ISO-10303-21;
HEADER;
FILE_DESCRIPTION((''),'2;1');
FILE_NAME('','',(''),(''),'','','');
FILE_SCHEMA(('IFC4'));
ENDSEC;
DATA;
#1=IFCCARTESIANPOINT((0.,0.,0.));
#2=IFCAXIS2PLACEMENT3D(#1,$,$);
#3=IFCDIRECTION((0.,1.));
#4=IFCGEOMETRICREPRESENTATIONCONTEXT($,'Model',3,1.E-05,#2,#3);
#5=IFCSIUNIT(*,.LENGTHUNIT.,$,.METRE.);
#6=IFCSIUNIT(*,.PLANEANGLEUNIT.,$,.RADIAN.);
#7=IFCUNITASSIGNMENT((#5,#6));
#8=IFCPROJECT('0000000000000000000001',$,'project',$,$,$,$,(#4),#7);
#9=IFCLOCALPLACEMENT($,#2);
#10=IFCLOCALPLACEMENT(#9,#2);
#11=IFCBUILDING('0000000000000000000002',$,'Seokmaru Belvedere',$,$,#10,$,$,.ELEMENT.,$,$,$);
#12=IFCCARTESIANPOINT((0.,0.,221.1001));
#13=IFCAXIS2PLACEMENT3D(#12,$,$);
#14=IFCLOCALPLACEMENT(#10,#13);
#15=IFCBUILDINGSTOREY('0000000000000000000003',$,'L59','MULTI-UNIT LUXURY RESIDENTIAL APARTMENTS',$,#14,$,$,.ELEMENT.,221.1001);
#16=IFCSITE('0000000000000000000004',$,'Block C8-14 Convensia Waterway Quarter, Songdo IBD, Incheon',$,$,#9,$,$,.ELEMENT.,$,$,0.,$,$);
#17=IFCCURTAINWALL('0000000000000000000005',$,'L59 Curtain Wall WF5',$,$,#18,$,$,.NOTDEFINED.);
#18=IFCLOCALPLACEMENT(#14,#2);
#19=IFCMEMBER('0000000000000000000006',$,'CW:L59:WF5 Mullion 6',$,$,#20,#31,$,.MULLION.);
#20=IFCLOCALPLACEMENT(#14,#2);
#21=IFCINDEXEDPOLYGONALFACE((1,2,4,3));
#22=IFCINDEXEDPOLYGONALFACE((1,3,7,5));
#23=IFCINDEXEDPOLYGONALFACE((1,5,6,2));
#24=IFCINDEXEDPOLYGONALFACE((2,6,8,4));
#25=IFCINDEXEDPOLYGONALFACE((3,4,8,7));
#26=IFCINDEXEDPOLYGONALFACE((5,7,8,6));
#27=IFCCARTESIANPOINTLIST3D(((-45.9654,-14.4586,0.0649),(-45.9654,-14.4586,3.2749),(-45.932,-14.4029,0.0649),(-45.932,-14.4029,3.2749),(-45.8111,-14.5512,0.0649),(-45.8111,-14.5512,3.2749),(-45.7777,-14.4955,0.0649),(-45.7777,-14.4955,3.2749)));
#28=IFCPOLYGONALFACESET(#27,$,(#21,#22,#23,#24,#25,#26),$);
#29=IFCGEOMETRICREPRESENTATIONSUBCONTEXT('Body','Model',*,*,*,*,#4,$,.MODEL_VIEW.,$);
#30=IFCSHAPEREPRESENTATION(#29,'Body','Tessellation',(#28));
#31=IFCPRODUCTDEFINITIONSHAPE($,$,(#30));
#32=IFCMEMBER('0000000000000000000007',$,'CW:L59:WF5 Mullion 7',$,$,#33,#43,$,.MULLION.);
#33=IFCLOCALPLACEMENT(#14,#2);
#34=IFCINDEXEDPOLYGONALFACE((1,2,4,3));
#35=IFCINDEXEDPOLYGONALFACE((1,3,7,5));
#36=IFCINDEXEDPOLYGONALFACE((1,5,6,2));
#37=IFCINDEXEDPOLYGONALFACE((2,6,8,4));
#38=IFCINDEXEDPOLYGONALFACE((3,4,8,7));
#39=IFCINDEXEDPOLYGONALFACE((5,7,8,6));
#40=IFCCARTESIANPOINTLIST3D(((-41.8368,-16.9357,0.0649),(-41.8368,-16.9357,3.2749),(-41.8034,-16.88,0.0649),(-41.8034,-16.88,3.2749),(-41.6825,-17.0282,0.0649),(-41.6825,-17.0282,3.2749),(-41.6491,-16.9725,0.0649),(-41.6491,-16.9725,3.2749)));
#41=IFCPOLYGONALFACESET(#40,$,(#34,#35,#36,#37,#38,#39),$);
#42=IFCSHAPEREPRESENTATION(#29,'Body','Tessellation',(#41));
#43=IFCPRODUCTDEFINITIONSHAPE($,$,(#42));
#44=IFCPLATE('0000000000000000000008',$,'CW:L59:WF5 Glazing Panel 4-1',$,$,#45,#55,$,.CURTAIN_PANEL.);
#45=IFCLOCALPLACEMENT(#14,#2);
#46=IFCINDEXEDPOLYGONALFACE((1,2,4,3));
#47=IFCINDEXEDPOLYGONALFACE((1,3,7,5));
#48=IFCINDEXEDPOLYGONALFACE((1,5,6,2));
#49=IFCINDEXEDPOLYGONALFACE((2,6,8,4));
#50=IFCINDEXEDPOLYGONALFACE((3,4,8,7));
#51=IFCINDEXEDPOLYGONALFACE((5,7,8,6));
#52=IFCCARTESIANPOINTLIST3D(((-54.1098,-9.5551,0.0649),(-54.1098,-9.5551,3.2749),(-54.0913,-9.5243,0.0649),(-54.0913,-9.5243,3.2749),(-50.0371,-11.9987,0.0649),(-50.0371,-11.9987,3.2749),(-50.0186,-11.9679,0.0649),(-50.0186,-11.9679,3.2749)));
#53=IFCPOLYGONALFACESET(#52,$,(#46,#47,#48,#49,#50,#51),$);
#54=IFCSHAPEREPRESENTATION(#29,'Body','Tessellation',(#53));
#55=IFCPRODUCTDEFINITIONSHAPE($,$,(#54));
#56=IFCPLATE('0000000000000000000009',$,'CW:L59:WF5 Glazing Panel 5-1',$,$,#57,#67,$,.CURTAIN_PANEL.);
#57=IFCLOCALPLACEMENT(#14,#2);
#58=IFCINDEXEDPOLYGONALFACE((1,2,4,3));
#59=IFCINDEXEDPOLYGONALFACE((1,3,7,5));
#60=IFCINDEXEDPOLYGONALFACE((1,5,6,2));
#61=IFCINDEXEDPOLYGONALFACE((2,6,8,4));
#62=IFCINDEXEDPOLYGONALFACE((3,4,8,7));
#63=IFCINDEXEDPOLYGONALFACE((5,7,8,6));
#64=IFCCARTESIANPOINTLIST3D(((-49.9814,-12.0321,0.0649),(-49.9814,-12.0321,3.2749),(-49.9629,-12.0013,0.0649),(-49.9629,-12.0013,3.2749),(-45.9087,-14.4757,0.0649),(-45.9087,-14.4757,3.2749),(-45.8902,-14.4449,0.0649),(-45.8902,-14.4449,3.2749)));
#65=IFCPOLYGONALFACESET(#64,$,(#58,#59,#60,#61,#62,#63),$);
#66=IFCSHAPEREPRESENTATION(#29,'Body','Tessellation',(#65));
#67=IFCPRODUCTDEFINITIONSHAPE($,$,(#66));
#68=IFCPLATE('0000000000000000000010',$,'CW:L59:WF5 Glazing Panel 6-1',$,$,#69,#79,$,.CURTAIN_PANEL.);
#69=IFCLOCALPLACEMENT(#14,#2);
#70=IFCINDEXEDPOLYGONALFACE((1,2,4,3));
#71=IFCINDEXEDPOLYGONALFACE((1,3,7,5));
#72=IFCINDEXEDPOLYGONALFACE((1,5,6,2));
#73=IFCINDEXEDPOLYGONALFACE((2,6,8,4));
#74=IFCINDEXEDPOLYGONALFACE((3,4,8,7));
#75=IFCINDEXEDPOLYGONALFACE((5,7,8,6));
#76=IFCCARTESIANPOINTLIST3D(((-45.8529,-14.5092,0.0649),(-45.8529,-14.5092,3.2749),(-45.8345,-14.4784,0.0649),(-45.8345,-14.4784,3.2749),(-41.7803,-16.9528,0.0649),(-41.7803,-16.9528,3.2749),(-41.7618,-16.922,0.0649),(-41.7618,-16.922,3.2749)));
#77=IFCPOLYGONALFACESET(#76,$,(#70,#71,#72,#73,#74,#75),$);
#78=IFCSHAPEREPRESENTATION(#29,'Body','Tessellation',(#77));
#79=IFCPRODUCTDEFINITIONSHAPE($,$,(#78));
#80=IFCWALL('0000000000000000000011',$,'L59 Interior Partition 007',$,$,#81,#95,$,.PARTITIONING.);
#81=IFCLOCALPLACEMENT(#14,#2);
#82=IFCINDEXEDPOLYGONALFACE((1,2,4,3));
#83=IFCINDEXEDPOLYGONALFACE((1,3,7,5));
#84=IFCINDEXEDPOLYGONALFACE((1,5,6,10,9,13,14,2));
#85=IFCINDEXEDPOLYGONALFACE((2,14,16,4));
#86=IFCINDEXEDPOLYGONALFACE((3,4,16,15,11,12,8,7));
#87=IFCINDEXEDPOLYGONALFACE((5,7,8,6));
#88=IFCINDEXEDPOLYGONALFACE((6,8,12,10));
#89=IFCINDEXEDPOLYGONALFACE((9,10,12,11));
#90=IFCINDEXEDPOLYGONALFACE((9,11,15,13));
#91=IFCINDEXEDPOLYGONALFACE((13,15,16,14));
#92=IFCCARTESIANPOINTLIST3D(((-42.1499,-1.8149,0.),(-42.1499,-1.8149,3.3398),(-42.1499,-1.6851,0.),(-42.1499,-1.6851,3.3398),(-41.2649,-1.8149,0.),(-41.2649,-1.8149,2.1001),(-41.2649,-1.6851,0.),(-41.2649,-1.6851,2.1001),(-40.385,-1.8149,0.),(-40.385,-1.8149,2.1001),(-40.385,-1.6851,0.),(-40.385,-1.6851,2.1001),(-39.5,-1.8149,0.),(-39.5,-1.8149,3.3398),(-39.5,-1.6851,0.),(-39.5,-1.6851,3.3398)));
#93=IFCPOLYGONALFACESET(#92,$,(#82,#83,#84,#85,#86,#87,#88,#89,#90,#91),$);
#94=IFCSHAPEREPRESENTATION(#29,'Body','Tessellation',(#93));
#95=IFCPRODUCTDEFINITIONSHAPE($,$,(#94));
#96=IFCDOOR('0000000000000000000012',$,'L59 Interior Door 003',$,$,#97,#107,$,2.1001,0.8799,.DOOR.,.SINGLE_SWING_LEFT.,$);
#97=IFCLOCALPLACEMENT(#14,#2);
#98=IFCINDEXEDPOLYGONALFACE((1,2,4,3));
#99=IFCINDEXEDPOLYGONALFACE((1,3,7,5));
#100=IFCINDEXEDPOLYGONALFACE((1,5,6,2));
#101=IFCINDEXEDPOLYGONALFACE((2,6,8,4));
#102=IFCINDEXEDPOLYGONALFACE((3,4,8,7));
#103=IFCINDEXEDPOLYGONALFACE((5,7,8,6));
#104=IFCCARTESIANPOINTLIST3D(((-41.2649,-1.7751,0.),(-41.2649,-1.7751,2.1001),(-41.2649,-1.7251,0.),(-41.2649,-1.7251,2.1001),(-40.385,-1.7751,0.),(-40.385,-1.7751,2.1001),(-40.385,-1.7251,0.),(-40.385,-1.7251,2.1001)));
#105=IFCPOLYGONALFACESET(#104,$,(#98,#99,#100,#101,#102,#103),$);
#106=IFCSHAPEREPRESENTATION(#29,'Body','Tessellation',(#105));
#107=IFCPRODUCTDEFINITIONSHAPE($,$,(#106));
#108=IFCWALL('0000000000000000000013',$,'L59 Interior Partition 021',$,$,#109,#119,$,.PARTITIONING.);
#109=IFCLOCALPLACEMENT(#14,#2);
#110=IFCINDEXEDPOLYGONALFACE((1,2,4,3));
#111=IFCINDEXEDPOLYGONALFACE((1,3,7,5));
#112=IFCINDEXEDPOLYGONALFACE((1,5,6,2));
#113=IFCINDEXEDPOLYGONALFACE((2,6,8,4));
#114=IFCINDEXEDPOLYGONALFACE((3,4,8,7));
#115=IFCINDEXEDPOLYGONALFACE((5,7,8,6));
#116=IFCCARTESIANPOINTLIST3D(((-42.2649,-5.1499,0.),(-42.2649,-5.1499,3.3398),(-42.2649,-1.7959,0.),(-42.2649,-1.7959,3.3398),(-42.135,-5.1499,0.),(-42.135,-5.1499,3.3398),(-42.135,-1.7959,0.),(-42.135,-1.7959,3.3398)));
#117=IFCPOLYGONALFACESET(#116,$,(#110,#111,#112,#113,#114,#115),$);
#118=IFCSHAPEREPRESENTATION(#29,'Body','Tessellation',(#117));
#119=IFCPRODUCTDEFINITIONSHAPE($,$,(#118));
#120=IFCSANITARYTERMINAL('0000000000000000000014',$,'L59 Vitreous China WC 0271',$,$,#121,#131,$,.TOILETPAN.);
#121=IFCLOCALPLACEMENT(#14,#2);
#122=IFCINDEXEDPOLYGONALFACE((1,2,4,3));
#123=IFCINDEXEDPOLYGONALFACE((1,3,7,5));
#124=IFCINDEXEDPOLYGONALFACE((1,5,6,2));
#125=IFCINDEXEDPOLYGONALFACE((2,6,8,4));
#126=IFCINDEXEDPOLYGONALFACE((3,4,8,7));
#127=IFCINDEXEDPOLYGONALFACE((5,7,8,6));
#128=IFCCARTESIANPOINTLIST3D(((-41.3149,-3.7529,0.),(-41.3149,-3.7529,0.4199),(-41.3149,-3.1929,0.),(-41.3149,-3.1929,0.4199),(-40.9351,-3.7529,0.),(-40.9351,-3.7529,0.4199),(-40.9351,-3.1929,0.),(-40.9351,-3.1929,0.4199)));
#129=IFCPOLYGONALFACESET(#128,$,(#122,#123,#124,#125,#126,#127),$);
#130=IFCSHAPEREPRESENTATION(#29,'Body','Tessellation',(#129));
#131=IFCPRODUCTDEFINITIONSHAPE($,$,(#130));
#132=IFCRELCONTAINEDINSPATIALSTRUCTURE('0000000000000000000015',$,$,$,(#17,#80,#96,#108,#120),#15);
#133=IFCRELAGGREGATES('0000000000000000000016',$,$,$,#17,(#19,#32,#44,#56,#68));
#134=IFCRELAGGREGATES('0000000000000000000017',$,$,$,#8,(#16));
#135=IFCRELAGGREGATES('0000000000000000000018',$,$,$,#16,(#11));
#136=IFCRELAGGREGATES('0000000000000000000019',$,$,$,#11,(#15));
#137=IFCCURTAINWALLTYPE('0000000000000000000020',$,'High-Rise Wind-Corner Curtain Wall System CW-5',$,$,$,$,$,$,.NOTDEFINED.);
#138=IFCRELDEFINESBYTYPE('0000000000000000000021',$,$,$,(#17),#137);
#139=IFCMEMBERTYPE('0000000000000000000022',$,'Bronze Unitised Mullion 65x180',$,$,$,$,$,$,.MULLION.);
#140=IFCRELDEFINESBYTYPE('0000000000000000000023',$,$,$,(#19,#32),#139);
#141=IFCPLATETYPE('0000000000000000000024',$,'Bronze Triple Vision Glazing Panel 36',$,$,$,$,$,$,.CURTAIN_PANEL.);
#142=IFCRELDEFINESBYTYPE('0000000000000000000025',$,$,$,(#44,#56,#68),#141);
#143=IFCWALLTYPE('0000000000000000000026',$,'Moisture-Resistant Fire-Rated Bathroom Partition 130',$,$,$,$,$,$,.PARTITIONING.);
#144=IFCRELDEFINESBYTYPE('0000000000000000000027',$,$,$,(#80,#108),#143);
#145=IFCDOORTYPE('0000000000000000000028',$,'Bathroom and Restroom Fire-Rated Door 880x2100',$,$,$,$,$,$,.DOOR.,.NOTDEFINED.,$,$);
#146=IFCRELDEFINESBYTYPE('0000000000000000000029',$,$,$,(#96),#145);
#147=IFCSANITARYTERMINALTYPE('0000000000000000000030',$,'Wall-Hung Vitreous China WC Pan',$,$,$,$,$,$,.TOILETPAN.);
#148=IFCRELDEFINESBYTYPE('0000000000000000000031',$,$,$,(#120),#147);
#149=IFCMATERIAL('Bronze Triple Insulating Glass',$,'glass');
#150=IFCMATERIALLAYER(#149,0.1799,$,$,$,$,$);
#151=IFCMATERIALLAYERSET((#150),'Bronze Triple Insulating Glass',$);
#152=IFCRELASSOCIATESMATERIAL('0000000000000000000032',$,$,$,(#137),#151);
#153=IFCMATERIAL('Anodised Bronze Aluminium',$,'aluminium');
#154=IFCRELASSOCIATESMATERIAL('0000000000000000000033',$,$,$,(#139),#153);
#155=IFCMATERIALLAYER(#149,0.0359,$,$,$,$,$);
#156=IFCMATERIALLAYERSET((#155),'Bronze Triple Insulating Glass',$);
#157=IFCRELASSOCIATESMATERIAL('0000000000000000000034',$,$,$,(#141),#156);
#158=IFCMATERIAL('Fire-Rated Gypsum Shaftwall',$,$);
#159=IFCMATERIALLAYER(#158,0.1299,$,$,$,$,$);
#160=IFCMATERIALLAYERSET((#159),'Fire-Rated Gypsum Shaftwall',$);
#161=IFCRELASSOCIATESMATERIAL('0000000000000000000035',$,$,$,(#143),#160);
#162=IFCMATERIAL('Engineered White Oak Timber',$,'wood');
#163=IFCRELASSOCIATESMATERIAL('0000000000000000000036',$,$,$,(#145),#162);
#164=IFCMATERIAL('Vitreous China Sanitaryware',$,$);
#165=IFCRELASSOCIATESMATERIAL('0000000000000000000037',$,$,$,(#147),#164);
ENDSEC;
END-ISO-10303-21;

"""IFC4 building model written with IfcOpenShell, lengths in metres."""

from ifc_helpers import new_model, si_unit, direction, frame, frame_2d, origin, origin_2d, place, context, subcontext, project, spatial, rectangle, extrude, source, transform, mapped, material, layer, layer_set, material_profile, profile_set, type_object, type_shapes, element, fill, aggregate, save


model = new_model("IFC4")

# Units and contexts
model_context = context("Model", 3, precision=1e-05, world=origin(), true_north=direction((0.0, 1.0)))
body_context = subcontext(model_context, "Body", "Model", "MODEL_VIEW")
ifc_project = project(units=[si_unit("LENGTHUNIT", "METRE"), si_unit("PLANEANGLEUNIT", "RADIAN")], contexts=[model_context])

# Site, building, storey
site_placement = place(None, origin())
site = spatial("IfcSite", under=ifc_project, at=site_placement, Name="Block C8-14 Convensia Waterway Quarter, Songdo IBD, Incheon", CompositionType="ELEMENT", RefElevation=0.0)
building_placement = place(site_placement, origin())
building = spatial("IfcBuilding", under=site, at=building_placement, Name="Seokmaru Belvedere", CompositionType="ELEMENT")
storey_placement = place(building_placement, frame((0.0, 0.0, 221.1001)))
storey = spatial("IfcBuildingStorey", under=building, at=storey_placement, Name="L59", Description="MULTI-UNIT LUXURY RESIDENTIAL APARTMENTS", CompositionType="ELEMENT", Elevation=221.1001)

# Curtain wall, members, plates
ifc_material_1 = material(Name="Bronze Triple Insulating Glass", Category="glass")
ifc_layer_1 = layer(ifc_material_1, 0.1799)
ifc_layer_set_1 = layer_set([ifc_layer_1], Name="Bronze Triple Insulating Glass")
curtain_wall_type = type_object("IfcCurtainWallType", Name="High-Rise Wind-Corner Curtain Wall System CW-5", PredefinedType="NOTDEFINED", material=ifc_layer_set_1)
curtain_wall_placement = place(storey_placement, origin())
curtain_wall = element("IfcCurtainWall", 1, at=curtain_wall_placement, inside=storey, type_object=curtain_wall_type, Name="L59 Curtain Wall WF5", PredefinedType="NOTDEFINED")
ifc_material_2 = material(Name="Anodised Bronze Aluminium", Category="aluminium")
ifc_material_profile_1 = material_profile(ifc_material_2, rectangle(XDim=0.0649, YDim=0.1799, at=origin_2d()), Name="CW-M-65x180")
ifc_profile_set_1 = profile_set([ifc_material_profile_1], Name="Anodised Bronze Aluminium")
member_type = type_object("IfcMemberType", Name="Bronze Unitised Mullion 65x180", PredefinedType="MULLION", material=ifc_profile_set_1)
shared_shape_1 = source(origin(), body_context, "Body", "SweptSolid", [
    extrude(rectangle(XDim=0.0649, YDim=0.1799, at=origin_2d()), origin(), (0.0, 0.0, 1.0), 3.21),
])
type_shapes(member_type, [shared_shape_1])
member_1_placement = place(storey_placement, frame((-45.8716, -14.4771, 0.0649), z_axis=(0.0, 0.0, 1.0), x_axis=(0.514495, 0.857493, 0.0)))
member_1 = element("IfcMember", 2, at=member_1_placement, type_object=member_type, Name="CW:L59:WF5 Mullion 6", PredefinedType="MULLION", context=body_context, shape_type="MappedRepresentation", body=[
    mapped(shared_shape_1, transform((0.0, 0.0, 0.0), scale=1.0)),
])
member_2_placement = place(storey_placement, frame((-41.7429, -16.9541, 0.0649), z_axis=(0.0, 0.0, 1.0), x_axis=(0.514495, 0.857493, 0.0)))
member_2 = element("IfcMember", 3, at=member_2_placement, type_object=member_type, Name="CW:L59:WF5 Mullion 7", PredefinedType="MULLION", context=body_context, shape_type="MappedRepresentation", body=[
    mapped(shared_shape_1, transform((0.0, 0.0, 0.0), scale=1.0)),
])
ifc_layer_2 = layer(ifc_material_1, 0.0359)
ifc_layer_set_2 = layer_set([ifc_layer_2], Name="Bronze Triple Insulating Glass")
plate_type = type_object("IfcPlateType", Name="Bronze Triple Vision Glazing Panel 36", PredefinedType="CURTAIN_PANEL", material=ifc_layer_set_2)
shared_shape_2 = source(origin(), body_context, "Body", "SweptSolid", [
    extrude(rectangle(XDim=4.7495, YDim=0.0359, at=origin_2d()), origin(), (0.0, 0.0, 1.0), 3.21),
])
type_shapes(plate_type, [shared_shape_2])
plate_1_placement = place(storey_placement, frame((-52.0642, -10.7615, 0.0649), z_axis=(0.0, 0.0, 1.0), x_axis=(0.857493, -0.514495, 0.0)))
plate_1 = element("IfcPlate", 4, at=plate_1_placement, type_object=plate_type, Name="CW:L59:WF5 Glazing Panel 4-1", PredefinedType="CURTAIN_PANEL", context=body_context, shape_type="MappedRepresentation", body=[
    mapped(shared_shape_2, transform((0.0, 0.0, 0.0), scale=1.0)),
])
plate_2_placement = place(storey_placement, frame((-47.9358, -13.2385, 0.0649), z_axis=(0.0, 0.0, 1.0), x_axis=(0.857493, -0.514495, 0.0)))
plate_2 = element("IfcPlate", 5, at=plate_2_placement, type_object=plate_type, Name="CW:L59:WF5 Glazing Panel 5-1", PredefinedType="CURTAIN_PANEL", context=body_context, shape_type="MappedRepresentation", body=[
    mapped(shared_shape_2, transform((0.0, 0.0, 0.0), scale=1.0)),
])
plate_3_placement = place(storey_placement, frame((-43.8074, -15.7156, 0.0649), z_axis=(0.0, 0.0, 1.0), x_axis=(0.857493, -0.514495, 0.0)))
plate_3 = element("IfcPlate", 6, at=plate_3_placement, type_object=plate_type, Name="CW:L59:WF5 Glazing Panel 6-1", PredefinedType="CURTAIN_PANEL", context=body_context, shape_type="MappedRepresentation", body=[
    mapped(shared_shape_2, transform((0.0, 0.0, 0.0), scale=1.0)),
])
aggregate(curtain_wall, [member_1, member_2, plate_1, plate_2, plate_3])

# Wall, opening, door
ifc_material_3 = material(Name="Fire-Rated Gypsum Shaftwall")
ifc_material_4 = material(Name="Engineered White Oak Timber", Category="wood")
ifc_layer_3 = layer(ifc_material_3, 0.1299)
ifc_layer_set_3 = layer_set([ifc_layer_3], Name="Fire-Rated Gypsum Shaftwall")
wall_type_1 = type_object("IfcWallType", Name="Moisture-Resistant Fire-Rated Bathroom Partition 130", PredefinedType="PARTITIONING", material=ifc_layer_set_3)
wall_1_placement = place(storey_placement, frame((-42.1499, -1.75, 0.0), z_axis=(0.0, 0.0, 1.0), x_axis=(1.0, 0.0, 0.0)))
wall_1 = element("IfcWall", 7, at=wall_1_placement, inside=storey, type_object=wall_type_1, Name="L59 Interior Partition 007", PredefinedType="PARTITIONING", context=body_context, shape_type="SweptSolid", body=[
    extrude(rectangle(XDim=2.6499, YDim=0.1299, at=frame_2d((1.325, 0.0))), origin(), (0.0, 0.0, 1.0), 3.3398),
])
opening_1_placement = place(wall_1_placement, frame((0.885, 0.0, 0.0)))
opening_1 = element("IfcOpeningElement", 8, at=opening_1_placement, cuts=wall_1, PredefinedType="OPENING", context=body_context, shape_type="SweptSolid", body=[
    extrude(rectangle(XDim=0.8799, YDim=2.1001, at=frame_2d((0.4399, 1.05))), frame((0.0, 0.075, 0.0), z_axis=(0.0, -1.0, 0.0), x_axis=(1.0, 0.0, 0.0)), (0.0, 0.0, 1.0), 0.1499),
])
door_type_1 = type_object("IfcDoorType", Name="Bathroom and Restroom Fire-Rated Door 880x2100", OperationType="NOTDEFINED", PredefinedType="DOOR", material=ifc_material_4)
shared_shape_3 = source(origin(), body_context, "Body", "SweptSolid", [
    extrude(rectangle(XDim=0.8799, YDim=2.1001, at=frame_2d((0.4399, 1.05))), frame((0.0, 0.0249, 0.0), z_axis=(0.0, -1.0, 0.0), x_axis=(1.0, 0.0, 0.0)), (0.0, 0.0, 1.0), 0.05),
])
type_shapes(door_type_1, [shared_shape_3])
door_1_placement = place(opening_1_placement, origin())
door_1 = element("IfcDoor", 9, at=door_1_placement, inside=storey, type_object=door_type_1, Name="L59 Interior Door 003", OperationType="SINGLE_SWING_LEFT", OverallHeight=2.1001, OverallWidth=0.8799, PredefinedType="DOOR", context=body_context, shape_type="MappedRepresentation", body=[
    mapped(shared_shape_3, transform((0.0, 0.0, 0.0), scale=1.0)),
])
fill(opening_1, door_1)

# Wall
wall_2_placement = place(storey_placement, frame((-42.2, -5.1499, 0.0), z_axis=(0.0, 0.0, 1.0), x_axis=(0.0, 1.0, 0.0)))
element("IfcWall", 10, at=wall_2_placement, inside=storey, type_object=wall_type_1, Name="L59 Interior Partition 021", PredefinedType="PARTITIONING", context=body_context, shape_type="SweptSolid", body=[
    extrude(rectangle(XDim=3.354, YDim=0.1299, at=frame_2d((1.677, 0.0))), origin(), (0.0, 0.0, 1.0), 3.3398),
])

# Sanitary terminal
ifc_material_5 = material(Name="Vitreous China Sanitaryware")
sanitary_terminal_type = type_object("IfcSanitaryTerminalType", Name="Wall-Hung Vitreous China WC Pan", PredefinedType="TOILETPAN", material=ifc_material_5)
shared_shape_4 = source(origin(), body_context, "Body", "SweptSolid", [
    extrude(rectangle(XDim=0.3799, YDim=0.5601, at=origin_2d()), origin(), (0.0, 0.0, 1.0), 0.4199),
])
type_shapes(sanitary_terminal_type, [shared_shape_4])
sanitary_terminal_placement = place(storey_placement, frame((-41.125, -3.4729, 0.0), z_axis=(0.0, 0.0, 1.0), x_axis=(1.0, 0.0, 0.0)))
element("IfcSanitaryTerminal", 11, at=sanitary_terminal_placement, inside=storey, type_object=sanitary_terminal_type, Name="L59 Vitreous China WC 0271", PredefinedType="TOILETPAN", context=body_context, shape_type="MappedRepresentation", body=[
    mapped(shared_shape_4, transform((0.0, 0.0, 0.0), scale=1.0)),
])

save(model, "model.ifc")
